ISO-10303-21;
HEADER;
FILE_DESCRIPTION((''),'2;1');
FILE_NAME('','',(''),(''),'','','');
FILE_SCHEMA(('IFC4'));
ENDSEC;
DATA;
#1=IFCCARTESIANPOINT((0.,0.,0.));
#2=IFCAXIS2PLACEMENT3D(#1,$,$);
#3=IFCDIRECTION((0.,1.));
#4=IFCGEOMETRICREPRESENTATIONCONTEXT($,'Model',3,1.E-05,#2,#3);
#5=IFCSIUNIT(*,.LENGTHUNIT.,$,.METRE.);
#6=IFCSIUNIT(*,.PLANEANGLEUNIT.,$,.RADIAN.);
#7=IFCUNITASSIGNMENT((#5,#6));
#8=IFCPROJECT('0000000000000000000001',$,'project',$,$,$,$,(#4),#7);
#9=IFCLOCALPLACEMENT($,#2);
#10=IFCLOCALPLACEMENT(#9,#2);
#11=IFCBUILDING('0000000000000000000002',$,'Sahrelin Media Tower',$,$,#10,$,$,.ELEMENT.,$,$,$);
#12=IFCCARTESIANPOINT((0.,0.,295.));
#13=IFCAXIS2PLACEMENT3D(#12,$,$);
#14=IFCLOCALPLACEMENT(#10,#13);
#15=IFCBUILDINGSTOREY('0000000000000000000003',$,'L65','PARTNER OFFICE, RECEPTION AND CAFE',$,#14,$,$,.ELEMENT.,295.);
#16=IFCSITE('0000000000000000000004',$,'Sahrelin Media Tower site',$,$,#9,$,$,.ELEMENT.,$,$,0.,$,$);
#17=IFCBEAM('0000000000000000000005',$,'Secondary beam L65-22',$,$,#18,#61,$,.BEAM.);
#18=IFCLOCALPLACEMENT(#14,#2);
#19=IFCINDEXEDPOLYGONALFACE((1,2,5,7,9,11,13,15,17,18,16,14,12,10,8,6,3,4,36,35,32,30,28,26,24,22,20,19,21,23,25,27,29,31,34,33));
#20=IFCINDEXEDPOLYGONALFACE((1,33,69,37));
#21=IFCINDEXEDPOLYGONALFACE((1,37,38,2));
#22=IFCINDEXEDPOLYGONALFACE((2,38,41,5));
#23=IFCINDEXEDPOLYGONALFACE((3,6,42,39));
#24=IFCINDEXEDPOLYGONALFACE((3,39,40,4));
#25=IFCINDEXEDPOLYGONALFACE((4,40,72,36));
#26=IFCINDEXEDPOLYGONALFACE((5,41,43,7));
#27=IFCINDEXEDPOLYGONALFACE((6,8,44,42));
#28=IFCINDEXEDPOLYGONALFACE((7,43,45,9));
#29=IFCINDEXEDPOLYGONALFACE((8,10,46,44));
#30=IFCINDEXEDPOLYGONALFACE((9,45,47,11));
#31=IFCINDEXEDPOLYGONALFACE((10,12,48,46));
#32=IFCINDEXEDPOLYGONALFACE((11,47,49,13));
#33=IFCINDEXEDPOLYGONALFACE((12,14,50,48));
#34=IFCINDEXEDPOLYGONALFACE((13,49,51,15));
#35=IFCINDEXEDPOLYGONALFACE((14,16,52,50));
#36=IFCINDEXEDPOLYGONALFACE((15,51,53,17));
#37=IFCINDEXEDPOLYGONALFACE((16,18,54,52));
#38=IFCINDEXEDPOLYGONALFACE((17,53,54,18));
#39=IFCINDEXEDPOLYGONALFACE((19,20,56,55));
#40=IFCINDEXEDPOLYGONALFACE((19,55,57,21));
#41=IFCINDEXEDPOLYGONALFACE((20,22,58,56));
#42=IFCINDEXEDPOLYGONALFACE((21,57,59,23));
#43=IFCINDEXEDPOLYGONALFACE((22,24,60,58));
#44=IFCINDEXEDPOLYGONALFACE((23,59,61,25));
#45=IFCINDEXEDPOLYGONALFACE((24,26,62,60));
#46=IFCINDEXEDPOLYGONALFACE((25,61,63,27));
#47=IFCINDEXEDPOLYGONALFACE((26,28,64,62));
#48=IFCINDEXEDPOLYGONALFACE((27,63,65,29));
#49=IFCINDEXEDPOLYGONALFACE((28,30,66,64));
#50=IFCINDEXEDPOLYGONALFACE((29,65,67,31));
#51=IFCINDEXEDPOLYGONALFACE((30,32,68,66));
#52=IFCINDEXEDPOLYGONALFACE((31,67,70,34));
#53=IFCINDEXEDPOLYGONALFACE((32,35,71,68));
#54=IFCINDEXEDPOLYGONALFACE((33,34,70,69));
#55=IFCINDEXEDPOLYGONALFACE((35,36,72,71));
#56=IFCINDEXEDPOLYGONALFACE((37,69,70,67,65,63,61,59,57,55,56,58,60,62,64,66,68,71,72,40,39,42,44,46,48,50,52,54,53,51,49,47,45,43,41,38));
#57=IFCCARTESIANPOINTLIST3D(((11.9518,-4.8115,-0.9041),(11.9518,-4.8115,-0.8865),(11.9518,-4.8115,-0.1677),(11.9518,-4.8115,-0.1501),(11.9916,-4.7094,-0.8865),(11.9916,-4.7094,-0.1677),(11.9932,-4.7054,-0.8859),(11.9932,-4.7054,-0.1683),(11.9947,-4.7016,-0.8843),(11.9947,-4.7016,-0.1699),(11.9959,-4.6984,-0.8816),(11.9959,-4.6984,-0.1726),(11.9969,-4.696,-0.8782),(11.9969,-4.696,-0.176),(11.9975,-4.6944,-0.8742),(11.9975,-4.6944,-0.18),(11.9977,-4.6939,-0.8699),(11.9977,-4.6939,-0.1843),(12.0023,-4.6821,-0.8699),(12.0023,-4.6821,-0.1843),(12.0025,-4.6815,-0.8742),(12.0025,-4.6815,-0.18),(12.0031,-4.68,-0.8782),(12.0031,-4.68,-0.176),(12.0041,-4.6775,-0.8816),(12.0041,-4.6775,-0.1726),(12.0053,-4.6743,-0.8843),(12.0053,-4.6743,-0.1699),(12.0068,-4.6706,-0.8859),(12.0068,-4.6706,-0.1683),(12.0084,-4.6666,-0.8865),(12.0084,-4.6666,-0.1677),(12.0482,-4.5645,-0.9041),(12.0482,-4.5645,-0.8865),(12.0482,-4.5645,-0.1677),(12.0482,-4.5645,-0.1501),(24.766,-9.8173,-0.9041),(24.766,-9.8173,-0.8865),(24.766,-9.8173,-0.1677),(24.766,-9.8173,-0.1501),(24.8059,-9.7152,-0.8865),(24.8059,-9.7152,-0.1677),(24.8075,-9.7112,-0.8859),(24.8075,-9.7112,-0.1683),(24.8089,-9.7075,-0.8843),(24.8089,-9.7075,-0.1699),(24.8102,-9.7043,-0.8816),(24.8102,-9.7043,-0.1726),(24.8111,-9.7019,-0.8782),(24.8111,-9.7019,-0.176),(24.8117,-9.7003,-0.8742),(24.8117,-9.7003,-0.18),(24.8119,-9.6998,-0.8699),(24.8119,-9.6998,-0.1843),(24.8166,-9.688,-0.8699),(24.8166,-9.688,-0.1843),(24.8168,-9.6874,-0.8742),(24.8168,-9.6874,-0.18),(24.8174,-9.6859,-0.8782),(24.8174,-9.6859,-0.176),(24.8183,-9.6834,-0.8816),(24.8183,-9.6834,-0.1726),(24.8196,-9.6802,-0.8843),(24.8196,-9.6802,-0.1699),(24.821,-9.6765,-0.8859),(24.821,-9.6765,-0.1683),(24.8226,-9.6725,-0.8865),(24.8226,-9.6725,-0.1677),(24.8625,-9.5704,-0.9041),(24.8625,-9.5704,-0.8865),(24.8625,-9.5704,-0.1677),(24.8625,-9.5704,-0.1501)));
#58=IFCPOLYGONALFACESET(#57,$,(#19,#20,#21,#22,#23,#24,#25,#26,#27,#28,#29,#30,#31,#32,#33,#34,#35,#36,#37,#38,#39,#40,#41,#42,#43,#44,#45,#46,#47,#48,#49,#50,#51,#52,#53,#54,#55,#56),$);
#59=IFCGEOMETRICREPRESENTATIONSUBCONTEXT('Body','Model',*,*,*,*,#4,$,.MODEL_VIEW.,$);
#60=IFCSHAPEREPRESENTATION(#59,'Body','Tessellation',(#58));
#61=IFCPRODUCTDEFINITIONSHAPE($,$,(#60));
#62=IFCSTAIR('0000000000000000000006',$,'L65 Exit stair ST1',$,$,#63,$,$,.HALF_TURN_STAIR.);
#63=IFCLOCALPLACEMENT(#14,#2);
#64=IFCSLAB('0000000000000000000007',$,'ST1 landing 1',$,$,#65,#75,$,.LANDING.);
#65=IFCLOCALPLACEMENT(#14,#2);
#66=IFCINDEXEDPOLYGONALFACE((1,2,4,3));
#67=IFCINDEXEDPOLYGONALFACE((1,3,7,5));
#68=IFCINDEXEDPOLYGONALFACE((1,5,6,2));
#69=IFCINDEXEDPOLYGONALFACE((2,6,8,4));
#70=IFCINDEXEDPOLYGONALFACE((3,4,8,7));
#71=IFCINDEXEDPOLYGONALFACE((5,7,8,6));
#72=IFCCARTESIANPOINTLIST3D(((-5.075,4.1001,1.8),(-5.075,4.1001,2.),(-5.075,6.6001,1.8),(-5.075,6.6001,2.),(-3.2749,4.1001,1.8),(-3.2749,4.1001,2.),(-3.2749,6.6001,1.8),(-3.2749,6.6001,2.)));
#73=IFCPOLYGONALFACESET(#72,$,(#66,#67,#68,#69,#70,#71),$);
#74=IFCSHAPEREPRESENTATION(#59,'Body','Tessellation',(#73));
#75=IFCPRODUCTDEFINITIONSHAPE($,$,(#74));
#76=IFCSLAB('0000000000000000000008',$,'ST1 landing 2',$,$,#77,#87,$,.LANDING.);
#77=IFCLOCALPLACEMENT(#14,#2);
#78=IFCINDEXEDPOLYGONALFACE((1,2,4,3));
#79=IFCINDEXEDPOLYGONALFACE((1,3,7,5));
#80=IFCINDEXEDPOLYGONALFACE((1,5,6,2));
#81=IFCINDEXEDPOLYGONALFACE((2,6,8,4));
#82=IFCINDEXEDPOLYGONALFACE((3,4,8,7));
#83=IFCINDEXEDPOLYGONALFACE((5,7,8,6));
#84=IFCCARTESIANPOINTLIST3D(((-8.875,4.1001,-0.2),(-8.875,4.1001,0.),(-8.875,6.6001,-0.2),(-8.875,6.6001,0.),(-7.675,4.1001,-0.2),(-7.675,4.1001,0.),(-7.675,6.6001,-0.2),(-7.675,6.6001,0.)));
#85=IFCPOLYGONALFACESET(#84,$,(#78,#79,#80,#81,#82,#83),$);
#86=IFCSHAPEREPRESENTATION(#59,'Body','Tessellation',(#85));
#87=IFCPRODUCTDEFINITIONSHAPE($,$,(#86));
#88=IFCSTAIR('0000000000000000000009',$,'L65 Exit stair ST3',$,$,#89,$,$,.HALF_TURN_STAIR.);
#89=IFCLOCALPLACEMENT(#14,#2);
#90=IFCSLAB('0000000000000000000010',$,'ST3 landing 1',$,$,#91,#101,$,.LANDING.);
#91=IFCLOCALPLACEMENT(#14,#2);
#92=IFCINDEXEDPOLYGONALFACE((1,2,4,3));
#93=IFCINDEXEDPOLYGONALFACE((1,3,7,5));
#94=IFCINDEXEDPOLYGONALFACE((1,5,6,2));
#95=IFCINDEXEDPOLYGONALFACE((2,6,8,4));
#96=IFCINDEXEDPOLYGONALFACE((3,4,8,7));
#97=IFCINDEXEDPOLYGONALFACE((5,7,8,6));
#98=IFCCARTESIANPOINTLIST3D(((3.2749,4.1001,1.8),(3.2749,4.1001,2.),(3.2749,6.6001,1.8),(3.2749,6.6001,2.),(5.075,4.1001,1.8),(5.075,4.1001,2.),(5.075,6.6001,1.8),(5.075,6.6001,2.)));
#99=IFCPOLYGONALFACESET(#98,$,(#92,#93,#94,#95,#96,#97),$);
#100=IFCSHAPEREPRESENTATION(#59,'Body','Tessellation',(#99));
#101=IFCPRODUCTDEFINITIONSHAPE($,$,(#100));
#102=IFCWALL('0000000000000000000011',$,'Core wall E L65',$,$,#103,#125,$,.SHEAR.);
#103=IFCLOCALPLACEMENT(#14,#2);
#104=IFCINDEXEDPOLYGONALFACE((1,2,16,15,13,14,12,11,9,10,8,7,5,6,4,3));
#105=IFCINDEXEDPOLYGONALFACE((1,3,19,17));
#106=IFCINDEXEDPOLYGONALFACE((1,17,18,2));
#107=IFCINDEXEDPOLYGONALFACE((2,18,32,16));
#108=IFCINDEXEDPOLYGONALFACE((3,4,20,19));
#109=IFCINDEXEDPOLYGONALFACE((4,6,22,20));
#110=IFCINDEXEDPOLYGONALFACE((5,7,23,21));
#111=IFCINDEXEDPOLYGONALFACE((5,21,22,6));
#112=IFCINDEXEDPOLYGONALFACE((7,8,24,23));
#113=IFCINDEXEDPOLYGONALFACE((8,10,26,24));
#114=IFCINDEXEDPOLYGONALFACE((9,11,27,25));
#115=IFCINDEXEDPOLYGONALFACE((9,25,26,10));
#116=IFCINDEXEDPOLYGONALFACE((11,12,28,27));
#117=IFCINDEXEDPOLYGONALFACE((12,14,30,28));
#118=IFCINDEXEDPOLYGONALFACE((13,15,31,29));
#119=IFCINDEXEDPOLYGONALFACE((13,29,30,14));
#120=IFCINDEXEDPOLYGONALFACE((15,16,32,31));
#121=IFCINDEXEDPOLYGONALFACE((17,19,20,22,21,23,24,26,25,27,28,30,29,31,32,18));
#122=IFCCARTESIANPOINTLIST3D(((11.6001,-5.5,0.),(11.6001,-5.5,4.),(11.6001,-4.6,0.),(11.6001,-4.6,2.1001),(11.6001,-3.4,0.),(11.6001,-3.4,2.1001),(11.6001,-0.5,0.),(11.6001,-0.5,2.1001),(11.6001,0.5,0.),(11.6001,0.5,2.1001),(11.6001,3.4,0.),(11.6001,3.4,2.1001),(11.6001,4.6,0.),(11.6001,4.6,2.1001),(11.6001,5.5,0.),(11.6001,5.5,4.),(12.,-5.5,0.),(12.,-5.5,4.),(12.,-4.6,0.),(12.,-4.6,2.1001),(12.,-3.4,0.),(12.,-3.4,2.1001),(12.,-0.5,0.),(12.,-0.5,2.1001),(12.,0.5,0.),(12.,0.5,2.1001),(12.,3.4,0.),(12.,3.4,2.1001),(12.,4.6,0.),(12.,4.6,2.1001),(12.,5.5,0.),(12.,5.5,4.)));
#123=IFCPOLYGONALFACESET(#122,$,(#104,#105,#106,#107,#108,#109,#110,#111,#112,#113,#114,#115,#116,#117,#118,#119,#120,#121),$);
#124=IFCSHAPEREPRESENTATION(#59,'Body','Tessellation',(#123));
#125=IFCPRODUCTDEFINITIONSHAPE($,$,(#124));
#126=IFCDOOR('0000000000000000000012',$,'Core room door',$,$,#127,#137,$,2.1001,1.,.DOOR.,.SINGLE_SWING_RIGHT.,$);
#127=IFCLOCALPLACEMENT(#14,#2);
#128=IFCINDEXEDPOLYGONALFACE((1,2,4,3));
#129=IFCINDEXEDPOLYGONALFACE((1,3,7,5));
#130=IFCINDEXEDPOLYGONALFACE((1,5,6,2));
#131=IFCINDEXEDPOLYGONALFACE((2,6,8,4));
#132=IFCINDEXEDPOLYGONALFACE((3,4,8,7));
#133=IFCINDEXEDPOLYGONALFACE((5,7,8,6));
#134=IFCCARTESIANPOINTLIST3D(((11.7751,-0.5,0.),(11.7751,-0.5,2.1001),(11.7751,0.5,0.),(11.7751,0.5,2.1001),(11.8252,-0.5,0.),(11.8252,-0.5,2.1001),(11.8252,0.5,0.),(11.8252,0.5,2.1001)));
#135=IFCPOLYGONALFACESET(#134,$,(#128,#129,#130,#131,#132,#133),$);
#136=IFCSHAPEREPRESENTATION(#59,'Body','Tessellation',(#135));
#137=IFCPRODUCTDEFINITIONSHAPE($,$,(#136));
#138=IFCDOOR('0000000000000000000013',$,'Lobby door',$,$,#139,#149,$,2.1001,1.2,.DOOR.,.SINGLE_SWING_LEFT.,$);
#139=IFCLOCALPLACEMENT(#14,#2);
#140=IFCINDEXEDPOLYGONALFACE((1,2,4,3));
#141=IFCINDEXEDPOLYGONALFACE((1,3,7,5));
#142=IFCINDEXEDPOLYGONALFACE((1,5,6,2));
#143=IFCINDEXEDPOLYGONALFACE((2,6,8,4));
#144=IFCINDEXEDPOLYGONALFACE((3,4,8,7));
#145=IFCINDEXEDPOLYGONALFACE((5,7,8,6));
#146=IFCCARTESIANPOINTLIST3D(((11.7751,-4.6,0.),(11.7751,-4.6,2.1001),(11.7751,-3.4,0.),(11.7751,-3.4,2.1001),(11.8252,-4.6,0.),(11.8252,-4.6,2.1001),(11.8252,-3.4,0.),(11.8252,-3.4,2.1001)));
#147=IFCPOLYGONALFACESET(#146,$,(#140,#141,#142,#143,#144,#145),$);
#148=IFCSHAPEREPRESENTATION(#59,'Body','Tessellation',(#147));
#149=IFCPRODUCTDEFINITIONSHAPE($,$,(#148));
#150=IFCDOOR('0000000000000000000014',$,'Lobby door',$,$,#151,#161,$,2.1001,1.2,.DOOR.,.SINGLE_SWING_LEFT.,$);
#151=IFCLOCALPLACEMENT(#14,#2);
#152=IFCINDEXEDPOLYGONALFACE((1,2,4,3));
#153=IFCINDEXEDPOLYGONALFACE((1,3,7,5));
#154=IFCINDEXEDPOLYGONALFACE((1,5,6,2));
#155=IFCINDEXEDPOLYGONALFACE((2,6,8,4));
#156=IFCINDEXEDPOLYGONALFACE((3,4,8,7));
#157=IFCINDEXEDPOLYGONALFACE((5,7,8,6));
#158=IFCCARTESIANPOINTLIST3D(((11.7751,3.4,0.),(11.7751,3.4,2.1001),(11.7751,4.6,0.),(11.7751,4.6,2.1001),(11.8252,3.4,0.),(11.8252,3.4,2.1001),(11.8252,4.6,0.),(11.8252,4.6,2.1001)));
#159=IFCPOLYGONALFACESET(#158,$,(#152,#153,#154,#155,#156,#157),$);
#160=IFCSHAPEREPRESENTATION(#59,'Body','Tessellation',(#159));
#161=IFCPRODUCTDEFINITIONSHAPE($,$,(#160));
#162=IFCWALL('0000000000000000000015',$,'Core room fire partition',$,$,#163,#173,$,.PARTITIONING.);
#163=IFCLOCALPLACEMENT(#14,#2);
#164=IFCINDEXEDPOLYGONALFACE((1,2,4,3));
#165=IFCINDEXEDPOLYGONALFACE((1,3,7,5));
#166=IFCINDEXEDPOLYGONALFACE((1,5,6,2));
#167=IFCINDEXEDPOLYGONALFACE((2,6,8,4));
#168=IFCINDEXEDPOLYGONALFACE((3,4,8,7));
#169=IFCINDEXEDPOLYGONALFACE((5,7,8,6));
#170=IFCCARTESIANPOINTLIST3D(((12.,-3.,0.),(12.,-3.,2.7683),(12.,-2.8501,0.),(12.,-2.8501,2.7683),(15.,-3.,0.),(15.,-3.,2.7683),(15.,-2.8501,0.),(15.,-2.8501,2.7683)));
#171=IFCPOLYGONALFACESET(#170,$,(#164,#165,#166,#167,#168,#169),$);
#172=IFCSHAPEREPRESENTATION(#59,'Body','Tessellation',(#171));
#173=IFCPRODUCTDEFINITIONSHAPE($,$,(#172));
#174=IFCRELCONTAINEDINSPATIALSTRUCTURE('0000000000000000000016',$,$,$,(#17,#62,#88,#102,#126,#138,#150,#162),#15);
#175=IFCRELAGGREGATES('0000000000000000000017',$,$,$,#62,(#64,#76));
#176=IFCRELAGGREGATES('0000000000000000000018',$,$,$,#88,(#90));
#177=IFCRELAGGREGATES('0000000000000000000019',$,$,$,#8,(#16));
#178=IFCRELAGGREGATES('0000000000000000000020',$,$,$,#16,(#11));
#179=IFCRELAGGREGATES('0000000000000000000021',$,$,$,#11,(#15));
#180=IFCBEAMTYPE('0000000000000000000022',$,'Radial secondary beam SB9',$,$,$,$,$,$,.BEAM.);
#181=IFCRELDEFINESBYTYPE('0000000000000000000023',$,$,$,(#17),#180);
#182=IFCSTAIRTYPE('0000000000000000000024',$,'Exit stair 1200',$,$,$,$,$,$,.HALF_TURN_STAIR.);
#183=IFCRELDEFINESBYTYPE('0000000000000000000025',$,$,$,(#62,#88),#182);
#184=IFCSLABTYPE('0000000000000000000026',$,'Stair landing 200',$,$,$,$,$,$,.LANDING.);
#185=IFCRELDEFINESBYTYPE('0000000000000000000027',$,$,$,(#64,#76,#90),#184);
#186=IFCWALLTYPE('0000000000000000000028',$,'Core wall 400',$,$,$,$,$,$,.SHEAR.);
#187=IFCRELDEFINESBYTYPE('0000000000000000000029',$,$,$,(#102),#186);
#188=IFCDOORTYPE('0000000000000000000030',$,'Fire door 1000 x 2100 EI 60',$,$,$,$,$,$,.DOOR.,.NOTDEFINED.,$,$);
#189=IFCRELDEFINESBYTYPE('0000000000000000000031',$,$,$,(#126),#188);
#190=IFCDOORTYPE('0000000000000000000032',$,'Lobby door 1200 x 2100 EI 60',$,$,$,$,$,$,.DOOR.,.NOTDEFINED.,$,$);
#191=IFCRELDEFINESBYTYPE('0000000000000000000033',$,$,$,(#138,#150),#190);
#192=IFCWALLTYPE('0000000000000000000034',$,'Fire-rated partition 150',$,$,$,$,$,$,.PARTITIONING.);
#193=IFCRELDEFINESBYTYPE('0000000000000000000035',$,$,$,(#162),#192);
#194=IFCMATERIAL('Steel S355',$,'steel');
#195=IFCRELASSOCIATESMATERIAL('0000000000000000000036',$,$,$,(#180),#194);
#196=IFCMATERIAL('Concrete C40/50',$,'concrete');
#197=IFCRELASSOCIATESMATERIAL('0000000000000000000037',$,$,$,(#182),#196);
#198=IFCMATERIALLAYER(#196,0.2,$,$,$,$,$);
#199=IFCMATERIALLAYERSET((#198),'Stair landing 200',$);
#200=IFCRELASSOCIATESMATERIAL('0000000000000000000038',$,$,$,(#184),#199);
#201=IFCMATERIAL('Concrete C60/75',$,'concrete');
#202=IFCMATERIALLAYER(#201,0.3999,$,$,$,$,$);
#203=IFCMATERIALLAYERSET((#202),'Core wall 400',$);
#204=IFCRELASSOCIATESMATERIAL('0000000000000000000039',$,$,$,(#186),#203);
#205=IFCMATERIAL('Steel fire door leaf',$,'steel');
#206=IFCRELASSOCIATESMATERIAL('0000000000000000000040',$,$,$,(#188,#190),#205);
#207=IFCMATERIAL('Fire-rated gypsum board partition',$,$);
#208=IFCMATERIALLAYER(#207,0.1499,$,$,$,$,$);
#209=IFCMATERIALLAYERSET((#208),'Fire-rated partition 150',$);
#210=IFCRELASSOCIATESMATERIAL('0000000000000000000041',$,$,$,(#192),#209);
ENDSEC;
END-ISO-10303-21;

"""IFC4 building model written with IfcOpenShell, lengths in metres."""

from ifc_helpers import new_model, si_unit, direction, frame, frame_2d, origin, origin_2d, place, context, subcontext, project, spatial, polyline, rectangle, i_section, outline, extrude, material, layer, layer_set, material_profile, profile_set, type_object, element, fill, aggregate, save


model = new_model("IFC4")

# Units and contexts
model_context = context("Model", 3, precision=1e-05, world=origin(), true_north=direction((0.0, 1.0)))
body_context = subcontext(model_context, "Body", "Model", "MODEL_VIEW")
ifc_project = project(units=[si_unit("LENGTHUNIT", "METRE"), si_unit("PLANEANGLEUNIT", "RADIAN")], contexts=[model_context])

# Site, building, storey
site_placement = place(None, origin())
site = spatial("IfcSite", under=ifc_project, at=site_placement, Name="Sahrelin Media Tower site", CompositionType="ELEMENT", RefElevation=0.0)
building_placement = place(site_placement, origin())
building = spatial("IfcBuilding", under=site, at=building_placement, Name="Sahrelin Media Tower", CompositionType="ELEMENT")
storey_placement = place(building_placement, frame((0.0, 0.0, 295.0)))
storey = spatial("IfcBuildingStorey", under=building, at=storey_placement, Name="L65", Description="PARTNER OFFICE, RECEPTION AND CAFE", CompositionType="ELEMENT", Elevation=295.0)

# Beam
ifc_material_1 = material(Name="Steel S355", Category="steel")
ifc_material_profile_1 = material_profile(ifc_material_1, i_section(OverallWidth=0.2651, OverallDepth=0.7539, WebThickness=0.0127, FlangeThickness=0.0176, FilletRadius=0.0166, at=origin_2d()), Name="UB 762x267x147")
ifc_profile_set_1 = profile_set([ifc_material_profile_1], Name="Steel S355")
beam_type_1 = type_object("IfcBeamType", Name="Radial secondary beam SB9", PredefinedType="BEAM", material=ifc_profile_set_1)
beam_1_placement = place(storey_placement, frame((12.0, -4.688, -0.5271), z_axis=(0.93145, -0.36387, 0.0), x_axis=(0.36387, 0.93145, 0.0)))
element("IfcBeam", 1, at=beam_1_placement, inside=storey, type_object=beam_type_1, Name="Secondary beam L65-22", PredefinedType="BEAM", context=body_context, shape_type="SweptSolid", body=[
    extrude(i_section(OverallWidth=0.2651, OverallDepth=0.7539, WebThickness=0.0127, FlangeThickness=0.0176, FilletRadius=0.0166, at=origin_2d()), origin(), (0.0, 0.0, 1.0), 13.7573),
])

# Stair, slabs
ifc_material_2 = material(Name="Concrete C40/50", Category="concrete")
stair_type = type_object("IfcStairType", Name="Exit stair 1200", PredefinedType="HALF_TURN_STAIR", material=ifc_material_2)
placement_1 = place(storey_placement, origin())
stair_1 = element("IfcStair", 2, at=placement_1, inside=storey, type_object=stair_type, Name="L65 Exit stair ST1", PredefinedType="HALF_TURN_STAIR")
ifc_layer_1 = layer(ifc_material_2, 0.2)
ifc_layer_set_1 = layer_set([ifc_layer_1], Name="Stair landing 200")
slab_type = type_object("IfcSlabType", Name="Stair landing 200", PredefinedType="LANDING", material=ifc_layer_set_1)
placement_2 = place(storey_placement, frame((0.0, 0.0, 1.8)))
slab_1 = element("IfcSlab", 3, at=placement_2, type_object=slab_type, Name="ST1 landing 1", PredefinedType="LANDING", context=body_context, shape_type="SweptSolid", body=[
    extrude(outline(polyline([(-5.075, 4.1001), (-3.2749, 4.1001), (-3.2749, 6.6001), (-5.075, 6.6001), (-5.075, 4.1001)])), origin(), (0.0, 0.0, 1.0), 0.2),
])
slab_2_placement = place(storey_placement, frame((0.0, 0.0, -0.2)))
slab_2 = element("IfcSlab", 4, at=slab_2_placement, type_object=slab_type, Name="ST1 landing 2", PredefinedType="LANDING", context=body_context, shape_type="SweptSolid", body=[
    extrude(outline(polyline([(-8.875, 4.1001), (-7.675, 4.1001), (-7.675, 6.6001), (-8.875, 6.6001), (-8.875, 4.1001)])), origin(), (0.0, 0.0, 1.0), 0.2),
])
aggregate(stair_1, [slab_1, slab_2])

# Stair, slab
stair_2 = element("IfcStair", 5, at=placement_1, inside=storey, type_object=stair_type, Name="L65 Exit stair ST3", PredefinedType="HALF_TURN_STAIR")
slab_3 = element("IfcSlab", 6, at=placement_2, type_object=slab_type, Name="ST3 landing 1", PredefinedType="LANDING", context=body_context, shape_type="SweptSolid", body=[
    extrude(outline(polyline([(5.075, 6.6001), (3.2749, 6.6001), (3.2749, 4.1001), (5.075, 4.1001), (5.075, 6.6001)])), origin(), (0.0, 0.0, 1.0), 0.2),
])
aggregate(stair_2, [slab_3])

# Wall, openings, doors
ifc_material_3 = material(Name="Concrete C60/75", Category="concrete")
ifc_layer_2 = layer(ifc_material_3, 0.3999)
ifc_layer_set_2 = layer_set([ifc_layer_2], Name="Core wall 400")
wall_type_1 = type_object("IfcWallType", Name="Core wall 400", PredefinedType="SHEAR", material=ifc_layer_set_2)
wall_1_placement = place(storey_placement, frame((11.8, -5.5, 0.0), z_axis=(0.0, 0.0, 1.0), x_axis=(0.0, 1.0, 0.0)))
wall_1 = element("IfcWall", 7, at=wall_1_placement, inside=storey, type_object=wall_type_1, Name="Core wall E L65", PredefinedType="SHEAR", context=body_context, shape_type="SweptSolid", body=[
    extrude(rectangle(XDim=11.0, YDim=0.3999, at=frame_2d((5.5, 0.0))), origin(), (0.0, 0.0, 1.0), 4.0),
])
opening_1_placement = place(wall_1_placement, frame((5.0, 0.0, 0.0)))
opening_1 = element("IfcOpeningElement", 8, at=opening_1_placement, cuts=wall_1, PredefinedType="OPENING", context=body_context, shape_type="SweptSolid", body=[
    extrude(rectangle(XDim=1.0, YDim=2.1001, at=frame_2d((0.5, 1.05))), frame((0.0, 0.2, 0.0), z_axis=(0.0, -1.0, 0.0), x_axis=(1.0, 0.0, 0.0)), (0.0, 0.0, 1.0), 0.3999),
])
opening_2_placement = place(wall_1_placement, frame((0.8999, 0.0, 0.0)))
opening_2 = element("IfcOpeningElement", 9, at=opening_2_placement, cuts=wall_1, PredefinedType="OPENING", context=body_context, shape_type="SweptSolid", body=[
    extrude(rectangle(XDim=1.2, YDim=2.1001, at=frame_2d((0.6001, 1.05))), frame((0.0, 0.2, 0.0), z_axis=(0.0, -1.0, 0.0), x_axis=(1.0, 0.0, 0.0)), (0.0, 0.0, 1.0), 0.3999),
])
opening_3_placement = place(wall_1_placement, frame((8.8999, 0.0, 0.0)))
opening_3 = element("IfcOpeningElement", 10, at=opening_3_placement, cuts=wall_1, PredefinedType="OPENING", context=body_context, shape_type="SweptSolid", body=[
    extrude(rectangle(XDim=1.2, YDim=2.1001, at=frame_2d((0.6001, 1.05))), frame((0.0, 0.2, 0.0), z_axis=(0.0, -1.0, 0.0), x_axis=(1.0, 0.0, 0.0)), (0.0, 0.0, 1.0), 0.3999),
])
ifc_material_4 = material(Name="Steel fire door leaf", Category="steel")
door_type_1 = type_object("IfcDoorType", Name="Fire door 1000 x 2100 EI 60", OperationType="NOTDEFINED", PredefinedType="DOOR", material=ifc_material_4)
door_1_placement = place(opening_1_placement, origin())
door_1 = element("IfcDoor", 11, at=door_1_placement, inside=storey, type_object=door_type_1, Name="Core room door", OperationType="SINGLE_SWING_RIGHT", OverallHeight=2.1001, OverallWidth=1.0, PredefinedType="DOOR", context=body_context, shape_type="SweptSolid", body=[
    extrude(rectangle(XDim=1.0, YDim=2.1001, at=frame_2d((0.5, 1.05))), frame((0.0, 0.0249, 0.0), z_axis=(0.0, -1.0, 0.0), x_axis=(1.0, 0.0, 0.0)), (0.0, 0.0, 1.0), 0.05),
])
fill(opening_1, door_1)
door_type_2 = type_object("IfcDoorType", Name="Lobby door 1200 x 2100 EI 60", OperationType="NOTDEFINED", PredefinedType="DOOR", material=ifc_material_4)
door_2_placement = place(opening_2_placement, origin())
door_2 = element("IfcDoor", 12, at=door_2_placement, inside=storey, type_object=door_type_2, Name="Lobby door", OperationType="SINGLE_SWING_LEFT", OverallHeight=2.1001, OverallWidth=1.2, PredefinedType="DOOR", context=body_context, shape_type="SweptSolid", body=[
    extrude(rectangle(XDim=1.2, YDim=2.1001, at=frame_2d((0.6001, 1.05))), frame((0.0, 0.0249, 0.0), z_axis=(0.0, -1.0, 0.0), x_axis=(1.0, 0.0, 0.0)), (0.0, 0.0, 1.0), 0.05),
])
fill(opening_2, door_2)
door_3_placement = place(opening_3_placement, origin())
door_3 = element("IfcDoor", 13, at=door_3_placement, inside=storey, type_object=door_type_2, Name="Lobby door", OperationType="SINGLE_SWING_LEFT", OverallHeight=2.1001, OverallWidth=1.2, PredefinedType="DOOR", context=body_context, shape_type="SweptSolid", body=[
    extrude(rectangle(XDim=1.2, YDim=2.1001, at=frame_2d((0.6001, 1.05))), frame((0.0, 0.0249, 0.0), z_axis=(0.0, -1.0, 0.0), x_axis=(1.0, 0.0, 0.0)), (0.0, 0.0, 1.0), 0.05),
])
fill(opening_3, door_3)

# Wall
ifc_material_5 = material(Name="Fire-rated gypsum board partition")
ifc_layer_3 = layer(ifc_material_5, 0.1499)
ifc_layer_set_3 = layer_set([ifc_layer_3], Name="Fire-rated partition 150")
wall_type_2 = type_object("IfcWallType", Name="Fire-rated partition 150", PredefinedType="PARTITIONING", material=ifc_layer_set_3)
wall_2_placement = place(storey_placement, frame((12.0, -2.925, 0.0), z_axis=(0.0, 0.0, 1.0), x_axis=(1.0, 0.0, 0.0)))
element("IfcWall", 14, at=wall_2_placement, inside=storey, type_object=wall_type_2, Name="Core room fire partition", PredefinedType="PARTITIONING", context=body_context, shape_type="SweptSolid", body=[
    extrude(rectangle(XDim=3.0, YDim=0.1499, at=frame_2d((1.5, 0.0))), origin(), (0.0, 0.0, 1.0), 2.7683),
])

save(model, "model.ifc")
